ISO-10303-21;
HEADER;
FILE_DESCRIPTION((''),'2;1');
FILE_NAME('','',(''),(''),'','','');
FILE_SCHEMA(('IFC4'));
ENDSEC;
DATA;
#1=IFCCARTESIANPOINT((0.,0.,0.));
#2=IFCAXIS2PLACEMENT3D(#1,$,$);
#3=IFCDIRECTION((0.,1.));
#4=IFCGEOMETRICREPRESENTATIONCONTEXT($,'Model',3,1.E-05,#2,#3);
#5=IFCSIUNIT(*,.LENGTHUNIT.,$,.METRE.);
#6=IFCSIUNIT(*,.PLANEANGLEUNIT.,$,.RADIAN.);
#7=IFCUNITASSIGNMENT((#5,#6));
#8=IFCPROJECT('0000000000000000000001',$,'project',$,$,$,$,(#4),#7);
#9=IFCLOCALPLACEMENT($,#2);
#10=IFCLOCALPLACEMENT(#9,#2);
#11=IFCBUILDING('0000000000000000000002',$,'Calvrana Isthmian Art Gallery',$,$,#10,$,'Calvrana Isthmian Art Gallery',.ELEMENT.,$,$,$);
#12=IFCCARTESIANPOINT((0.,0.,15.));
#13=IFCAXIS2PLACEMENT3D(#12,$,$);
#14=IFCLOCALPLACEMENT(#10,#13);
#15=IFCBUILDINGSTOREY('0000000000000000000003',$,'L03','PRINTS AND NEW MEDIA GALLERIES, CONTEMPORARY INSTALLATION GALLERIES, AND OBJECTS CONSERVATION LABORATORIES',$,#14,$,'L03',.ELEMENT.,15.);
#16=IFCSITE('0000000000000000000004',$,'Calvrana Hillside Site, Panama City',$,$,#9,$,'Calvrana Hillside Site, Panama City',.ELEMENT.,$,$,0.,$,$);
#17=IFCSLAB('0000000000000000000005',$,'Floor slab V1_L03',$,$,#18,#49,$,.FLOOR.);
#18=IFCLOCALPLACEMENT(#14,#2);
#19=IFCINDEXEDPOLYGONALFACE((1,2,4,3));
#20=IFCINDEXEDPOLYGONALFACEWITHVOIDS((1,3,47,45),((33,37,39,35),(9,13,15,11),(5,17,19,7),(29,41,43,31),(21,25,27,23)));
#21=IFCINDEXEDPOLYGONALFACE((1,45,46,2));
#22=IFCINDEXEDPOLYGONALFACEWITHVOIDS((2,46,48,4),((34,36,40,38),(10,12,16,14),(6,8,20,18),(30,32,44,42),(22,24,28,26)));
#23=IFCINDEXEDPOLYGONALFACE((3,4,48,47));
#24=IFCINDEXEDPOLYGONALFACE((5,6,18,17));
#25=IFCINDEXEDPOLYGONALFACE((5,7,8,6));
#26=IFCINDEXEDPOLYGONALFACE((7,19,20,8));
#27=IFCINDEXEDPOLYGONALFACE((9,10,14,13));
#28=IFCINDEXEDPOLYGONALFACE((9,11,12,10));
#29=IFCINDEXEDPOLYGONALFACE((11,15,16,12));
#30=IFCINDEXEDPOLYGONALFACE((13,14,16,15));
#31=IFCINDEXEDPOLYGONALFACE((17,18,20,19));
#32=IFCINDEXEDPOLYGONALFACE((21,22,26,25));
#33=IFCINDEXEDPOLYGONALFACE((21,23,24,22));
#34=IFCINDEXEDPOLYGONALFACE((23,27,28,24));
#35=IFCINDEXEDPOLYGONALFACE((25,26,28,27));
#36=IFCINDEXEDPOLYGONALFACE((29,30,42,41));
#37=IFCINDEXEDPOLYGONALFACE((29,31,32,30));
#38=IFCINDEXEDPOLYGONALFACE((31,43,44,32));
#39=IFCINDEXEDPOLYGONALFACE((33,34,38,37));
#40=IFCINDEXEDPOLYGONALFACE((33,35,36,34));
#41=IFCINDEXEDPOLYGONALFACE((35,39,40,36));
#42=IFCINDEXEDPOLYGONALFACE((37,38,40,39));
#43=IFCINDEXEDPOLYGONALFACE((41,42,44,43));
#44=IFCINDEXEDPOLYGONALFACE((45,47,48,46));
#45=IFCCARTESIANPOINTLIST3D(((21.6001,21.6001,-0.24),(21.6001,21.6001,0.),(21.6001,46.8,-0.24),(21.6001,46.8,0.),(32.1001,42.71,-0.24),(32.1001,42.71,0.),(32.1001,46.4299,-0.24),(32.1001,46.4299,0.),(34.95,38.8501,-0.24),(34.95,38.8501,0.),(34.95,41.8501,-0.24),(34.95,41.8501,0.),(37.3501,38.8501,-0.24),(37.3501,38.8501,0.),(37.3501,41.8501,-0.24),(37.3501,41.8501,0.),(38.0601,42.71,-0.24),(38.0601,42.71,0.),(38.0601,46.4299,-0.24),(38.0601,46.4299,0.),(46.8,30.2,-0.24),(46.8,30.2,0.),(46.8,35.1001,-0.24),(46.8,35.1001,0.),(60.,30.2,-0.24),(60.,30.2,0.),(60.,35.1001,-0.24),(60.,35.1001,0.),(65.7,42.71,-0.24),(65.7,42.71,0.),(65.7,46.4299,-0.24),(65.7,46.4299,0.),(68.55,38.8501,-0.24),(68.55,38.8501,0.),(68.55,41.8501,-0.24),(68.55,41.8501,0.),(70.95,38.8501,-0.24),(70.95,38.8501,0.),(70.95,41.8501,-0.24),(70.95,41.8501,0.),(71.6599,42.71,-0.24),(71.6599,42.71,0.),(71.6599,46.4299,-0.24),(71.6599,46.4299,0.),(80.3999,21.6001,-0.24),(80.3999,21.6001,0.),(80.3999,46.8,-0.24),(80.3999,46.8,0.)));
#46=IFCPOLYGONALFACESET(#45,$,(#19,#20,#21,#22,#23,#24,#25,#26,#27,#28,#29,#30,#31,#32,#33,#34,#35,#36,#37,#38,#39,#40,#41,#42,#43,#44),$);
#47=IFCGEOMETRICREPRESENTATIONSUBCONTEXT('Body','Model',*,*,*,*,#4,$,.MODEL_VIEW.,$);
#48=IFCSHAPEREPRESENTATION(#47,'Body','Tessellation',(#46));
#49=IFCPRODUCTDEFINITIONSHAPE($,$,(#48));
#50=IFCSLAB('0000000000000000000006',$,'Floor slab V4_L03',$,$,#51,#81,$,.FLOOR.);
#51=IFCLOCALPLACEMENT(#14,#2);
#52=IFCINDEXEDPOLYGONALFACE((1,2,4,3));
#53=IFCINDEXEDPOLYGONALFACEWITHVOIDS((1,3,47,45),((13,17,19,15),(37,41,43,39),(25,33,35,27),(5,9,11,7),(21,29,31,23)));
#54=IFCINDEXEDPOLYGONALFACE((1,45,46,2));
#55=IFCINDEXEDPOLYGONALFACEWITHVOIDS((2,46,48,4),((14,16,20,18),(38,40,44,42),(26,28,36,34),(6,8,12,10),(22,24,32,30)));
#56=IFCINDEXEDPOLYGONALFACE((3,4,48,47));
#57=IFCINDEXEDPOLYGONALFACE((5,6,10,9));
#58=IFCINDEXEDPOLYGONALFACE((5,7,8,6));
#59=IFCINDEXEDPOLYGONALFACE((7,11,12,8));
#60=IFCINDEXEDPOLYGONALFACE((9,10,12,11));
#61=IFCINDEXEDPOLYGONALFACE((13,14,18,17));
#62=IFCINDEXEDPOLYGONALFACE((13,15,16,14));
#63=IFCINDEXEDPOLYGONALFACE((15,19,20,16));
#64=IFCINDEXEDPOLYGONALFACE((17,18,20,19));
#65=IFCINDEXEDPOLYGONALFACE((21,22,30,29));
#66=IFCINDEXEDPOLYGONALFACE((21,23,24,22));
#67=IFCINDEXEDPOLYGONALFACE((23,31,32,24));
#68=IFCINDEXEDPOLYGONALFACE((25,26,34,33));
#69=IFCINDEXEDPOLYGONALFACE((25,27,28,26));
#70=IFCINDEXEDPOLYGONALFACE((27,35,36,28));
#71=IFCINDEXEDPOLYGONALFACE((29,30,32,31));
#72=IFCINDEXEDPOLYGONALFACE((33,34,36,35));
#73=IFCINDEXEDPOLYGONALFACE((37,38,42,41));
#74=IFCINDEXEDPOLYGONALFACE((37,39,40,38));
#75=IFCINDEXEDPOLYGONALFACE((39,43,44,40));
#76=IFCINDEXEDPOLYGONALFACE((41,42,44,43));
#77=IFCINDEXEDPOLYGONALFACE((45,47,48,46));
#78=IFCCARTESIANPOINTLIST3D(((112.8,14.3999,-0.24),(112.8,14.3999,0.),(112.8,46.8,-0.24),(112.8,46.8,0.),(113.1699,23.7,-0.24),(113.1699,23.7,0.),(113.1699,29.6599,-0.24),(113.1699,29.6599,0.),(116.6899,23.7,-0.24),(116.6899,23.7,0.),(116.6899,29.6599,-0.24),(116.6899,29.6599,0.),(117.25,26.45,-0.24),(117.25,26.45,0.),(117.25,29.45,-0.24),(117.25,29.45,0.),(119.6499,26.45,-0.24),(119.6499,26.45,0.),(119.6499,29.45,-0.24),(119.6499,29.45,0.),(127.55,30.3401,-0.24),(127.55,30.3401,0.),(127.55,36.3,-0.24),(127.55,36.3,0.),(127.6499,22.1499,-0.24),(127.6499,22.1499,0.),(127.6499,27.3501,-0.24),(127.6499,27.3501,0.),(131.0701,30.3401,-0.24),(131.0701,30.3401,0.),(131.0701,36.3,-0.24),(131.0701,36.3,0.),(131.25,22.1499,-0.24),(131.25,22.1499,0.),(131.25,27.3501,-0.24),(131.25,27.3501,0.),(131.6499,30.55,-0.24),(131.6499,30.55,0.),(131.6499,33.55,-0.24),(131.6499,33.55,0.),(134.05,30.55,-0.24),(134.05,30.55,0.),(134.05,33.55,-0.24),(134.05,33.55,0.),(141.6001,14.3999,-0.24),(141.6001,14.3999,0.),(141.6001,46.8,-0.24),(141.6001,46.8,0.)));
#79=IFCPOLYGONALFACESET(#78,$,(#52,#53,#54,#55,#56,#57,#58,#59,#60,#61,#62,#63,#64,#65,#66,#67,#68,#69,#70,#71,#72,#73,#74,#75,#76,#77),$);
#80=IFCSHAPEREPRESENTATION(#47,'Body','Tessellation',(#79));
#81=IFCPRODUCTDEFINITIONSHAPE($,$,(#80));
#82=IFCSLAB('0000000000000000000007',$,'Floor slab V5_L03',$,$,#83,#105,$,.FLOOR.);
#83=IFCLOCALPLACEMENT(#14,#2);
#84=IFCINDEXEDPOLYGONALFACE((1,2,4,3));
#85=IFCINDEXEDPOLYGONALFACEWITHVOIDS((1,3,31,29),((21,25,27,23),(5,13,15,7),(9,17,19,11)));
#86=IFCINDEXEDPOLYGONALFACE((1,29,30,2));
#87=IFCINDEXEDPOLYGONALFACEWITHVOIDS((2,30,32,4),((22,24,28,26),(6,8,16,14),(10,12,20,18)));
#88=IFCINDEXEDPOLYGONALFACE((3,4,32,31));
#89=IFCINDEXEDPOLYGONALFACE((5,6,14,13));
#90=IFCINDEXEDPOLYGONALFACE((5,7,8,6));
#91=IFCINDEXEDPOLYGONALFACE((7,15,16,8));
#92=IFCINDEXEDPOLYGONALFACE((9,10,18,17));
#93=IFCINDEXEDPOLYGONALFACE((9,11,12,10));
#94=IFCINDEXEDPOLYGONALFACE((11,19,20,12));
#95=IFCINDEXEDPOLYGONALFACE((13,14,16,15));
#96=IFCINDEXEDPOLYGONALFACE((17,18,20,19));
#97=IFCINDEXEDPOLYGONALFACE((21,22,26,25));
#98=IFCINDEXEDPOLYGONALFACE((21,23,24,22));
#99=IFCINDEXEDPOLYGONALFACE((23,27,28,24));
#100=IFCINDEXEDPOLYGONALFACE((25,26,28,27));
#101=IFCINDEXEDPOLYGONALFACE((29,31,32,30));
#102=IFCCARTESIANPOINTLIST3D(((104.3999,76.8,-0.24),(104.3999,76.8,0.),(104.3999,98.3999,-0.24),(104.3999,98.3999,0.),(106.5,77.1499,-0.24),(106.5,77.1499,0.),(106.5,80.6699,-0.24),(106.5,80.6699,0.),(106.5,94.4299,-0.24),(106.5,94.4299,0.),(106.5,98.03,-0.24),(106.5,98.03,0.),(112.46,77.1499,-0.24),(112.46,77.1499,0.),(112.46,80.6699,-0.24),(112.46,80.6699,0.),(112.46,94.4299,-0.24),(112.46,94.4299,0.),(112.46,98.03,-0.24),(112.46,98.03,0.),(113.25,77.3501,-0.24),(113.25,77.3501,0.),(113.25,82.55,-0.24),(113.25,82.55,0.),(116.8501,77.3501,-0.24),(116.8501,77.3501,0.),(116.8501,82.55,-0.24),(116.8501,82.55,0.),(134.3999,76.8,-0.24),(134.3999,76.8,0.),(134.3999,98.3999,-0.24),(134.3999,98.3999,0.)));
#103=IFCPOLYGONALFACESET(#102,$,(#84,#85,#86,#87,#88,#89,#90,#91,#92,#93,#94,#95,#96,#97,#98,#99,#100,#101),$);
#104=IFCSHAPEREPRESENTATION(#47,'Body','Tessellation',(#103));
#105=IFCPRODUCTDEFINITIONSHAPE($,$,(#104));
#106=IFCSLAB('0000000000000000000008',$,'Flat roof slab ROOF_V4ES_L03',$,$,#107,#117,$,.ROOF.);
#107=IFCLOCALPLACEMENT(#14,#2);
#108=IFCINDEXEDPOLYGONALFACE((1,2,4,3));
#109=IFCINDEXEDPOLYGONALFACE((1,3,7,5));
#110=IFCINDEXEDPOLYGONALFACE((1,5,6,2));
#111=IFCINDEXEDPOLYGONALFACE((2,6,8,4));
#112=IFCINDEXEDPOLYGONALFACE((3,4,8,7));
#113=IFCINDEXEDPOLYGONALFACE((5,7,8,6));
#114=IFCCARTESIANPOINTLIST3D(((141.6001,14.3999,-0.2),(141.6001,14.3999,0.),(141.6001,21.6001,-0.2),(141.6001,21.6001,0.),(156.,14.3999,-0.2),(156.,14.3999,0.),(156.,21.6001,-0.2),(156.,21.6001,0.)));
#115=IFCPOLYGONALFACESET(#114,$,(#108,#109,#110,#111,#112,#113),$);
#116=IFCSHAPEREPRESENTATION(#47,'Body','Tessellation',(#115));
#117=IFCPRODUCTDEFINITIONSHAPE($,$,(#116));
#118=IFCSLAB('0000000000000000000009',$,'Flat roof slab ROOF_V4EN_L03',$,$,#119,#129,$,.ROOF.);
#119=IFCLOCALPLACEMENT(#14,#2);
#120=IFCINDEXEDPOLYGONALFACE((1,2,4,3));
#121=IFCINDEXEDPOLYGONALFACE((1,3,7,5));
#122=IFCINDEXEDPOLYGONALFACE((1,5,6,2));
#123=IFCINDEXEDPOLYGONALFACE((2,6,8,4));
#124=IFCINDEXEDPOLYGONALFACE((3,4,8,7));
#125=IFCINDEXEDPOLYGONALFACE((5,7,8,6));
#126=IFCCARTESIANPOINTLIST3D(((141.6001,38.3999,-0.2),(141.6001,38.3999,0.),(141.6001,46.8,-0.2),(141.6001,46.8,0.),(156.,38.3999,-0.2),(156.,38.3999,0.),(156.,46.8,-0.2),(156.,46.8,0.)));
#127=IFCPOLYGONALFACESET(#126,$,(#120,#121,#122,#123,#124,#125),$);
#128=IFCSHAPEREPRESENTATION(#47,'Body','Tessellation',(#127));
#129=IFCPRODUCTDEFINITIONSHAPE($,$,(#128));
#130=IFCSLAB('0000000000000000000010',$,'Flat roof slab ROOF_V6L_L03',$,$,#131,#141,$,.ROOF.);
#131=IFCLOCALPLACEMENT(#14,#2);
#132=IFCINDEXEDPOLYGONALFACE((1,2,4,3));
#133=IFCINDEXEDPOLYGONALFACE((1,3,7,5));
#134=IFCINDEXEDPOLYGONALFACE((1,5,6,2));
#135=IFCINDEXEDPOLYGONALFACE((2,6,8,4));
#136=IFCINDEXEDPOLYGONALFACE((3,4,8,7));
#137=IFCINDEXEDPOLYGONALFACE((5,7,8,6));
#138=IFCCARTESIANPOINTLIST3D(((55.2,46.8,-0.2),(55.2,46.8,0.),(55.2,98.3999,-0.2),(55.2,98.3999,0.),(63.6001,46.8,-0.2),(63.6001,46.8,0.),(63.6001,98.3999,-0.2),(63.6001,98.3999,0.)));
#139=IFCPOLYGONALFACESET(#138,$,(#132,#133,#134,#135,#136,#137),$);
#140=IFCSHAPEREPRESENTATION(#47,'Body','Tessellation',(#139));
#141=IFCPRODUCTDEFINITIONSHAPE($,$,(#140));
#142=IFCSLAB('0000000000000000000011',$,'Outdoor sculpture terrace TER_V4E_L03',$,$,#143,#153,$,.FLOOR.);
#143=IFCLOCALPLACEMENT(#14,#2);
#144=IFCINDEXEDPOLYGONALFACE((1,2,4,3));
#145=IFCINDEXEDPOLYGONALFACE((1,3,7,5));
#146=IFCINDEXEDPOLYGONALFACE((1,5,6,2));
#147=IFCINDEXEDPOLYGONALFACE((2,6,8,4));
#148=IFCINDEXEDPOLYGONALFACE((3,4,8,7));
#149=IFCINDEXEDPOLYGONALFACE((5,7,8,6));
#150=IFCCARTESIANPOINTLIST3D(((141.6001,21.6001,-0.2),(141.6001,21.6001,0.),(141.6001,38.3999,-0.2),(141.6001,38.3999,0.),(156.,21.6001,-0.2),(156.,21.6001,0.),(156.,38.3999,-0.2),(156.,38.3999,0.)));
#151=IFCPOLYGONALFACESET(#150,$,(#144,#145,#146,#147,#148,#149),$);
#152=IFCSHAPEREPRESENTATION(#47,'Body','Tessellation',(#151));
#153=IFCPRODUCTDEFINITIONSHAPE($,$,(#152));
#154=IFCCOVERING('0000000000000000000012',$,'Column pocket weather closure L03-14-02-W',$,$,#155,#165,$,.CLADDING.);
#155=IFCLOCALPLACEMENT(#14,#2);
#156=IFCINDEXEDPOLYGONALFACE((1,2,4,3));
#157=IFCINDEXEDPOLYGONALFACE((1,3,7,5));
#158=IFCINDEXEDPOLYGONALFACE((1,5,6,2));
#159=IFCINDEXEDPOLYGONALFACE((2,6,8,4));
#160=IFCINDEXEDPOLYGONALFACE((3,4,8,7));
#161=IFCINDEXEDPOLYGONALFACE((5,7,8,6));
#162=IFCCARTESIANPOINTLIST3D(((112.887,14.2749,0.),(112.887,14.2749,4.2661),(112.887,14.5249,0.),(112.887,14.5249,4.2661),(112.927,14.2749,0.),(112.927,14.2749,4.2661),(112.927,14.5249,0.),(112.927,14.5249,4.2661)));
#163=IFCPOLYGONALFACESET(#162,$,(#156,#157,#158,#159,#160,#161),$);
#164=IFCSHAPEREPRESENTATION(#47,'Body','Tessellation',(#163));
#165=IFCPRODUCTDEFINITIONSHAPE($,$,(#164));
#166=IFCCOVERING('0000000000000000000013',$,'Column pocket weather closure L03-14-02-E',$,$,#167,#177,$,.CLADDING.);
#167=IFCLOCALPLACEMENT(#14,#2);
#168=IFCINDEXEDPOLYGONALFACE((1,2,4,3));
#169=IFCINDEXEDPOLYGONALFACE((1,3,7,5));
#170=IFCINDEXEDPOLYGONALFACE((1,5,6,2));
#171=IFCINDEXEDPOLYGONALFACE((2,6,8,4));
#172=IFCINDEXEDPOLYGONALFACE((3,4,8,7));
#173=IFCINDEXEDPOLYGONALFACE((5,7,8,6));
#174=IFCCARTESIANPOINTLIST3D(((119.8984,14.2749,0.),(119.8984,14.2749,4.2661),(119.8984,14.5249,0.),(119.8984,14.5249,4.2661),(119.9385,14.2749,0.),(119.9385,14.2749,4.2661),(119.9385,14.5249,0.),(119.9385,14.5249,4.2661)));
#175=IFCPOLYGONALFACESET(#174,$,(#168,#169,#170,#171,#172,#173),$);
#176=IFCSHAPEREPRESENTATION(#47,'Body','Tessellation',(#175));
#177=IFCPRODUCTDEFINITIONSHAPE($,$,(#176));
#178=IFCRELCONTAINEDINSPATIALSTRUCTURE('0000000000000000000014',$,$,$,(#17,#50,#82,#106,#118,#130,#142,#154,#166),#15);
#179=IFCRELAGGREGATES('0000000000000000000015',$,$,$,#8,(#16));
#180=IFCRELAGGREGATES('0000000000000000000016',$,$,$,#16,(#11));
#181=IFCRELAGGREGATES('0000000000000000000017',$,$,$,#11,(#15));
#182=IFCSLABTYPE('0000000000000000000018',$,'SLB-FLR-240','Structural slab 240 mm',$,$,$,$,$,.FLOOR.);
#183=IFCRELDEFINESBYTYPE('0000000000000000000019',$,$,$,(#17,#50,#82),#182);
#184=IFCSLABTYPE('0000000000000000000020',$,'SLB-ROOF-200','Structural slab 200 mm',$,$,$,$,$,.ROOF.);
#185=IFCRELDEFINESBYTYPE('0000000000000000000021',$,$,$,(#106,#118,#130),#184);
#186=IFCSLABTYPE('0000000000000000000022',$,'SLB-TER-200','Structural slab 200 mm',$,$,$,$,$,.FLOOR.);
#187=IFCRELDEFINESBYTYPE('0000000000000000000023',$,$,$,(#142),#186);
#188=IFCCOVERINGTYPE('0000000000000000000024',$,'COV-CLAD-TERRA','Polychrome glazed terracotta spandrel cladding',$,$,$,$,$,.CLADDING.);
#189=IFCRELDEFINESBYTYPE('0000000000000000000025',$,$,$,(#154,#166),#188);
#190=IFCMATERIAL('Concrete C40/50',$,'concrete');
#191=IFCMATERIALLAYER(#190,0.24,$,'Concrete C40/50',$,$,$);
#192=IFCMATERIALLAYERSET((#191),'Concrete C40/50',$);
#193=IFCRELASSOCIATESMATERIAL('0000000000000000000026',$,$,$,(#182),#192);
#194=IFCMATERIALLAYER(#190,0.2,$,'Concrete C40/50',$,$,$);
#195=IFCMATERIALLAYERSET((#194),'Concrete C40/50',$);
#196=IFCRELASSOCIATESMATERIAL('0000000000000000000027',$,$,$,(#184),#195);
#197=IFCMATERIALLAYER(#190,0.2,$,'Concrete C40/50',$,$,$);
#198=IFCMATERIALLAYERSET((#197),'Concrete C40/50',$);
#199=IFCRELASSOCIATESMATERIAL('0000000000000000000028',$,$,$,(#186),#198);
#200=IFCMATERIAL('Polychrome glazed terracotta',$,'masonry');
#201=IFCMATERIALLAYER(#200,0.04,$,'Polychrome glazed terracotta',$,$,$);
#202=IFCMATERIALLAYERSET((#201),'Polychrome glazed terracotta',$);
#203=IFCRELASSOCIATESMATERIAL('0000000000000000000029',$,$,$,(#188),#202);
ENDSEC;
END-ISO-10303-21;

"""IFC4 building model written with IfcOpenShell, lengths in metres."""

from ifc_helpers import new_model, si_unit, direction, frame, origin, place, context, subcontext, project, spatial, polyline, outline, extrude, material, layer, layer_set, type_object, element, save


model = new_model("IFC4")

# Units and contexts
model_context = context("Model", 3, precision=1e-05, world=origin(), true_north=direction((0.0, 1.0)))
body_context = subcontext(model_context, "Body", "Model", "MODEL_VIEW")
ifc_project = project(units=[si_unit("LENGTHUNIT", "METRE"), si_unit("PLANEANGLEUNIT", "RADIAN")], contexts=[model_context])

# Site, building, storey
site_placement = place(None, origin())
site = spatial("IfcSite", under=ifc_project, at=site_placement, Name="Calvrana Hillside Site, Panama City", LongName="Calvrana Hillside Site, Panama City", CompositionType="ELEMENT", RefElevation=0.0)
building_placement = place(site_placement, origin())
building = spatial("IfcBuilding", under=site, at=building_placement, Name="Calvrana Isthmian Art Gallery", LongName="Calvrana Isthmian Art Gallery", CompositionType="ELEMENT")
storey_placement = place(building_placement, frame((0.0, 0.0, 15.0)))
storey = spatial("IfcBuildingStorey", under=building, at=storey_placement, Name="L03", Description="PRINTS AND NEW MEDIA GALLERIES, CONTEMPORARY INSTALLATION GALLERIES, AND OBJECTS CONSERVATION LABORATORIES", LongName="L03", CompositionType="ELEMENT", Elevation=15.0)

# Slabs
ifc_material_1 = material(Name="Concrete C40/50", Category="concrete")
ifc_layer_1 = layer(ifc_material_1, 0.24, Name="Concrete C40/50")
ifc_layer_set_1 = layer_set([ifc_layer_1], Name="Concrete C40/50")
slab_type_1 = type_object("IfcSlabType", Name="SLB-FLR-240", Description="Structural slab 240 mm", PredefinedType="FLOOR", material=ifc_layer_set_1)
slab_1_placement = place(storey_placement, frame((0.0, 0.0, -0.24)))
element("IfcSlab", 1, at=slab_1_placement, inside=storey, type_object=slab_type_1, Name="Floor slab V1_L03", PredefinedType="FLOOR", context=body_context, shape_type="SweptSolid", body=[
    extrude(outline(polyline([(21.6001, 21.6001), (80.3999, 21.6001), (80.3999, 46.8), (21.6001, 46.8), (21.6001, 21.6001)]), holes=[polyline([(32.1001, 42.71), (38.0601, 42.71), (38.0601, 46.4299), (32.1001, 46.4299), (32.1001, 42.71)]), polyline([(34.95, 38.8501), (37.3501, 38.8501), (37.3501, 41.8501), (34.95, 41.8501), (34.95, 38.8501)]), polyline([(65.7, 42.71), (71.6599, 42.71), (71.6599, 46.4299), (65.7, 46.4299), (65.7, 42.71)]), polyline([(68.55, 38.8501), (70.95, 38.8501), (70.95, 41.8501), (68.55, 41.8501), (68.55, 38.8501)]), polyline([(46.8, 30.2), (60.0, 30.2), (60.0, 35.1001), (46.8, 35.1001), (46.8, 30.2)])]), origin(), (0.0, 0.0, 1.0), 0.24),
])
slab_2_placement = place(storey_placement, frame((0.0, 0.0, -0.24)))
element("IfcSlab", 2, at=slab_2_placement, inside=storey, type_object=slab_type_1, Name="Floor slab V4_L03", PredefinedType="FLOOR", context=body_context, shape_type="SweptSolid", body=[
    extrude(outline(polyline([(112.8, 14.3999), (141.6001, 14.3999), (141.6001, 46.8), (112.8, 46.8), (112.8, 14.3999)]), holes=[polyline([(116.6899, 23.7), (116.6899, 29.6599), (113.1699, 29.6599), (113.1699, 23.7), (116.6899, 23.7)]), polyline([(117.25, 26.45), (119.6499, 26.45), (119.6499, 29.45), (117.25, 29.45), (117.25, 26.45)]), polyline([(127.55, 36.3), (127.55, 30.3401), (131.0701, 30.3401), (131.0701, 36.3), (127.55, 36.3)]), polyline([(131.6499, 30.55), (134.05, 30.55), (134.05, 33.55), (131.6499, 33.55), (131.6499, 30.55)]), polyline([(127.6499, 22.1499), (131.25, 22.1499), (131.25, 27.3501), (127.6499, 27.3501), (127.6499, 22.1499)])]), origin(), (0.0, 0.0, 1.0), 0.24),
])
slab_3_placement = place(storey_placement, frame((0.0, 0.0, -0.24)))
element("IfcSlab", 3, at=slab_3_placement, inside=storey, type_object=slab_type_1, Name="Floor slab V5_L03", PredefinedType="FLOOR", context=body_context, shape_type="SweptSolid", body=[
    extrude(outline(polyline([(104.3999, 76.8), (134.3999, 76.8), (134.3999, 98.3999), (104.3999, 98.3999), (104.3999, 76.8)]), holes=[polyline([(106.5, 77.1499), (112.46, 77.1499), (112.46, 80.6699), (106.5, 80.6699), (106.5, 77.1499)]), polyline([(113.25, 77.3501), (116.8501, 77.3501), (116.8501, 82.55), (113.25, 82.55), (113.25, 77.3501)]), polyline([(106.5, 94.4299), (112.46, 94.4299), (112.46, 98.03), (106.5, 98.03), (106.5, 94.4299)])]), origin(), (0.0, 0.0, 1.0), 0.24),
])
ifc_layer_2 = layer(ifc_material_1, 0.2, Name="Concrete C40/50")
ifc_layer_set_2 = layer_set([ifc_layer_2], Name="Concrete C40/50")
slab_type_2 = type_object("IfcSlabType", Name="SLB-ROOF-200", Description="Structural slab 200 mm", PredefinedType="ROOF", material=ifc_layer_set_2)
slab_4_placement = place(storey_placement, frame((0.0, 0.0, -0.2)))
element("IfcSlab", 4, at=slab_4_placement, inside=storey, type_object=slab_type_2, Name="Flat roof slab ROOF_V4ES_L03", PredefinedType="ROOF", context=body_context, shape_type="SweptSolid", body=[
    extrude(outline(polyline([(141.6001, 14.3999), (156.0, 14.3999), (156.0, 21.6001), (141.6001, 21.6001), (141.6001, 14.3999)])), origin(), (0.0, 0.0, 1.0), 0.2),
])
slab_5_placement = place(storey_placement, frame((0.0, 0.0, -0.2)))
element("IfcSlab", 5, at=slab_5_placement, inside=storey, type_object=slab_type_2, Name="Flat roof slab ROOF_V4EN_L03", PredefinedType="ROOF", context=body_context, shape_type="SweptSolid", body=[
    extrude(outline(polyline([(141.6001, 38.3999), (156.0, 38.3999), (156.0, 46.8), (141.6001, 46.8), (141.6001, 38.3999)])), origin(), (0.0, 0.0, 1.0), 0.2),
])
slab_6_placement = place(storey_placement, frame((0.0, 0.0, -0.2)))
element("IfcSlab", 6, at=slab_6_placement, inside=storey, type_object=slab_type_2, Name="Flat roof slab ROOF_V6L_L03", PredefinedType="ROOF", context=body_context, shape_type="SweptSolid", body=[
    extrude(outline(polyline([(55.2, 46.8), (63.6001, 46.8), (63.6001, 98.3999), (55.2, 98.3999), (55.2, 46.8)])), origin(), (0.0, 0.0, 1.0), 0.2),
])
ifc_layer_3 = layer(ifc_material_1, 0.2, Name="Concrete C40/50")
ifc_layer_set_3 = layer_set([ifc_layer_3], Name="Concrete C40/50")
slab_type_3 = type_object("IfcSlabType", Name="SLB-TER-200", Description="Structural slab 200 mm", PredefinedType="FLOOR", material=ifc_layer_set_3)
slab_7_placement = place(storey_placement, frame((0.0, 0.0, -0.2)))
element("IfcSlab", 7, at=slab_7_placement, inside=storey, type_object=slab_type_3, Name="Outdoor sculpture terrace TER_V4E_L03", PredefinedType="FLOOR", context=body_context, shape_type="SweptSolid", body=[
    extrude(outline(polyline([(141.6001, 21.6001), (156.0, 21.6001), (156.0, 38.3999), (141.6001, 38.3999), (141.6001, 21.6001)])), origin(), (0.0, 0.0, 1.0), 0.2),
])

# Coverings
ifc_material_2 = material(Name="Polychrome glazed terracotta", Category="masonry")
ifc_layer_4 = layer(ifc_material_2, 0.04, Name="Polychrome glazed terracotta")
ifc_layer_set_4 = layer_set([ifc_layer_4], Name="Polychrome glazed terracotta")
covering_type = type_object("IfcCoveringType", Name="COV-CLAD-TERRA", Description="Polychrome glazed terracotta spandrel cladding", PredefinedType="CLADDING", material=ifc_layer_set_4)
covering_1_placement = place(storey_placement, origin())
element("IfcCovering", 8, at=covering_1_placement, inside=storey, type_object=covering_type, Name="Column pocket weather closure L03-14-02-W", PredefinedType="CLADDING", context=body_context, shape_type="SweptSolid", body=[
    extrude(outline(polyline([(112.887, 14.2749), (112.927, 14.2749), (112.927, 14.5249), (112.887, 14.5249), (112.887, 14.2749)])), origin(), (0.0, 0.0, 1.0), 4.2661),
])
covering_2_placement = place(storey_placement, origin())
element("IfcCovering", 9, at=covering_2_placement, inside=storey, type_object=covering_type, Name="Column pocket weather closure L03-14-02-E", PredefinedType="CLADDING", context=body_context, shape_type="SweptSolid", body=[
    extrude(outline(polyline([(119.8984, 14.2749), (119.9385, 14.2749), (119.9385, 14.5249), (119.8984, 14.5249), (119.8984, 14.2749)])), origin(), (0.0, 0.0, 1.0), 4.2661),
])

save(model, "model.ifc")
